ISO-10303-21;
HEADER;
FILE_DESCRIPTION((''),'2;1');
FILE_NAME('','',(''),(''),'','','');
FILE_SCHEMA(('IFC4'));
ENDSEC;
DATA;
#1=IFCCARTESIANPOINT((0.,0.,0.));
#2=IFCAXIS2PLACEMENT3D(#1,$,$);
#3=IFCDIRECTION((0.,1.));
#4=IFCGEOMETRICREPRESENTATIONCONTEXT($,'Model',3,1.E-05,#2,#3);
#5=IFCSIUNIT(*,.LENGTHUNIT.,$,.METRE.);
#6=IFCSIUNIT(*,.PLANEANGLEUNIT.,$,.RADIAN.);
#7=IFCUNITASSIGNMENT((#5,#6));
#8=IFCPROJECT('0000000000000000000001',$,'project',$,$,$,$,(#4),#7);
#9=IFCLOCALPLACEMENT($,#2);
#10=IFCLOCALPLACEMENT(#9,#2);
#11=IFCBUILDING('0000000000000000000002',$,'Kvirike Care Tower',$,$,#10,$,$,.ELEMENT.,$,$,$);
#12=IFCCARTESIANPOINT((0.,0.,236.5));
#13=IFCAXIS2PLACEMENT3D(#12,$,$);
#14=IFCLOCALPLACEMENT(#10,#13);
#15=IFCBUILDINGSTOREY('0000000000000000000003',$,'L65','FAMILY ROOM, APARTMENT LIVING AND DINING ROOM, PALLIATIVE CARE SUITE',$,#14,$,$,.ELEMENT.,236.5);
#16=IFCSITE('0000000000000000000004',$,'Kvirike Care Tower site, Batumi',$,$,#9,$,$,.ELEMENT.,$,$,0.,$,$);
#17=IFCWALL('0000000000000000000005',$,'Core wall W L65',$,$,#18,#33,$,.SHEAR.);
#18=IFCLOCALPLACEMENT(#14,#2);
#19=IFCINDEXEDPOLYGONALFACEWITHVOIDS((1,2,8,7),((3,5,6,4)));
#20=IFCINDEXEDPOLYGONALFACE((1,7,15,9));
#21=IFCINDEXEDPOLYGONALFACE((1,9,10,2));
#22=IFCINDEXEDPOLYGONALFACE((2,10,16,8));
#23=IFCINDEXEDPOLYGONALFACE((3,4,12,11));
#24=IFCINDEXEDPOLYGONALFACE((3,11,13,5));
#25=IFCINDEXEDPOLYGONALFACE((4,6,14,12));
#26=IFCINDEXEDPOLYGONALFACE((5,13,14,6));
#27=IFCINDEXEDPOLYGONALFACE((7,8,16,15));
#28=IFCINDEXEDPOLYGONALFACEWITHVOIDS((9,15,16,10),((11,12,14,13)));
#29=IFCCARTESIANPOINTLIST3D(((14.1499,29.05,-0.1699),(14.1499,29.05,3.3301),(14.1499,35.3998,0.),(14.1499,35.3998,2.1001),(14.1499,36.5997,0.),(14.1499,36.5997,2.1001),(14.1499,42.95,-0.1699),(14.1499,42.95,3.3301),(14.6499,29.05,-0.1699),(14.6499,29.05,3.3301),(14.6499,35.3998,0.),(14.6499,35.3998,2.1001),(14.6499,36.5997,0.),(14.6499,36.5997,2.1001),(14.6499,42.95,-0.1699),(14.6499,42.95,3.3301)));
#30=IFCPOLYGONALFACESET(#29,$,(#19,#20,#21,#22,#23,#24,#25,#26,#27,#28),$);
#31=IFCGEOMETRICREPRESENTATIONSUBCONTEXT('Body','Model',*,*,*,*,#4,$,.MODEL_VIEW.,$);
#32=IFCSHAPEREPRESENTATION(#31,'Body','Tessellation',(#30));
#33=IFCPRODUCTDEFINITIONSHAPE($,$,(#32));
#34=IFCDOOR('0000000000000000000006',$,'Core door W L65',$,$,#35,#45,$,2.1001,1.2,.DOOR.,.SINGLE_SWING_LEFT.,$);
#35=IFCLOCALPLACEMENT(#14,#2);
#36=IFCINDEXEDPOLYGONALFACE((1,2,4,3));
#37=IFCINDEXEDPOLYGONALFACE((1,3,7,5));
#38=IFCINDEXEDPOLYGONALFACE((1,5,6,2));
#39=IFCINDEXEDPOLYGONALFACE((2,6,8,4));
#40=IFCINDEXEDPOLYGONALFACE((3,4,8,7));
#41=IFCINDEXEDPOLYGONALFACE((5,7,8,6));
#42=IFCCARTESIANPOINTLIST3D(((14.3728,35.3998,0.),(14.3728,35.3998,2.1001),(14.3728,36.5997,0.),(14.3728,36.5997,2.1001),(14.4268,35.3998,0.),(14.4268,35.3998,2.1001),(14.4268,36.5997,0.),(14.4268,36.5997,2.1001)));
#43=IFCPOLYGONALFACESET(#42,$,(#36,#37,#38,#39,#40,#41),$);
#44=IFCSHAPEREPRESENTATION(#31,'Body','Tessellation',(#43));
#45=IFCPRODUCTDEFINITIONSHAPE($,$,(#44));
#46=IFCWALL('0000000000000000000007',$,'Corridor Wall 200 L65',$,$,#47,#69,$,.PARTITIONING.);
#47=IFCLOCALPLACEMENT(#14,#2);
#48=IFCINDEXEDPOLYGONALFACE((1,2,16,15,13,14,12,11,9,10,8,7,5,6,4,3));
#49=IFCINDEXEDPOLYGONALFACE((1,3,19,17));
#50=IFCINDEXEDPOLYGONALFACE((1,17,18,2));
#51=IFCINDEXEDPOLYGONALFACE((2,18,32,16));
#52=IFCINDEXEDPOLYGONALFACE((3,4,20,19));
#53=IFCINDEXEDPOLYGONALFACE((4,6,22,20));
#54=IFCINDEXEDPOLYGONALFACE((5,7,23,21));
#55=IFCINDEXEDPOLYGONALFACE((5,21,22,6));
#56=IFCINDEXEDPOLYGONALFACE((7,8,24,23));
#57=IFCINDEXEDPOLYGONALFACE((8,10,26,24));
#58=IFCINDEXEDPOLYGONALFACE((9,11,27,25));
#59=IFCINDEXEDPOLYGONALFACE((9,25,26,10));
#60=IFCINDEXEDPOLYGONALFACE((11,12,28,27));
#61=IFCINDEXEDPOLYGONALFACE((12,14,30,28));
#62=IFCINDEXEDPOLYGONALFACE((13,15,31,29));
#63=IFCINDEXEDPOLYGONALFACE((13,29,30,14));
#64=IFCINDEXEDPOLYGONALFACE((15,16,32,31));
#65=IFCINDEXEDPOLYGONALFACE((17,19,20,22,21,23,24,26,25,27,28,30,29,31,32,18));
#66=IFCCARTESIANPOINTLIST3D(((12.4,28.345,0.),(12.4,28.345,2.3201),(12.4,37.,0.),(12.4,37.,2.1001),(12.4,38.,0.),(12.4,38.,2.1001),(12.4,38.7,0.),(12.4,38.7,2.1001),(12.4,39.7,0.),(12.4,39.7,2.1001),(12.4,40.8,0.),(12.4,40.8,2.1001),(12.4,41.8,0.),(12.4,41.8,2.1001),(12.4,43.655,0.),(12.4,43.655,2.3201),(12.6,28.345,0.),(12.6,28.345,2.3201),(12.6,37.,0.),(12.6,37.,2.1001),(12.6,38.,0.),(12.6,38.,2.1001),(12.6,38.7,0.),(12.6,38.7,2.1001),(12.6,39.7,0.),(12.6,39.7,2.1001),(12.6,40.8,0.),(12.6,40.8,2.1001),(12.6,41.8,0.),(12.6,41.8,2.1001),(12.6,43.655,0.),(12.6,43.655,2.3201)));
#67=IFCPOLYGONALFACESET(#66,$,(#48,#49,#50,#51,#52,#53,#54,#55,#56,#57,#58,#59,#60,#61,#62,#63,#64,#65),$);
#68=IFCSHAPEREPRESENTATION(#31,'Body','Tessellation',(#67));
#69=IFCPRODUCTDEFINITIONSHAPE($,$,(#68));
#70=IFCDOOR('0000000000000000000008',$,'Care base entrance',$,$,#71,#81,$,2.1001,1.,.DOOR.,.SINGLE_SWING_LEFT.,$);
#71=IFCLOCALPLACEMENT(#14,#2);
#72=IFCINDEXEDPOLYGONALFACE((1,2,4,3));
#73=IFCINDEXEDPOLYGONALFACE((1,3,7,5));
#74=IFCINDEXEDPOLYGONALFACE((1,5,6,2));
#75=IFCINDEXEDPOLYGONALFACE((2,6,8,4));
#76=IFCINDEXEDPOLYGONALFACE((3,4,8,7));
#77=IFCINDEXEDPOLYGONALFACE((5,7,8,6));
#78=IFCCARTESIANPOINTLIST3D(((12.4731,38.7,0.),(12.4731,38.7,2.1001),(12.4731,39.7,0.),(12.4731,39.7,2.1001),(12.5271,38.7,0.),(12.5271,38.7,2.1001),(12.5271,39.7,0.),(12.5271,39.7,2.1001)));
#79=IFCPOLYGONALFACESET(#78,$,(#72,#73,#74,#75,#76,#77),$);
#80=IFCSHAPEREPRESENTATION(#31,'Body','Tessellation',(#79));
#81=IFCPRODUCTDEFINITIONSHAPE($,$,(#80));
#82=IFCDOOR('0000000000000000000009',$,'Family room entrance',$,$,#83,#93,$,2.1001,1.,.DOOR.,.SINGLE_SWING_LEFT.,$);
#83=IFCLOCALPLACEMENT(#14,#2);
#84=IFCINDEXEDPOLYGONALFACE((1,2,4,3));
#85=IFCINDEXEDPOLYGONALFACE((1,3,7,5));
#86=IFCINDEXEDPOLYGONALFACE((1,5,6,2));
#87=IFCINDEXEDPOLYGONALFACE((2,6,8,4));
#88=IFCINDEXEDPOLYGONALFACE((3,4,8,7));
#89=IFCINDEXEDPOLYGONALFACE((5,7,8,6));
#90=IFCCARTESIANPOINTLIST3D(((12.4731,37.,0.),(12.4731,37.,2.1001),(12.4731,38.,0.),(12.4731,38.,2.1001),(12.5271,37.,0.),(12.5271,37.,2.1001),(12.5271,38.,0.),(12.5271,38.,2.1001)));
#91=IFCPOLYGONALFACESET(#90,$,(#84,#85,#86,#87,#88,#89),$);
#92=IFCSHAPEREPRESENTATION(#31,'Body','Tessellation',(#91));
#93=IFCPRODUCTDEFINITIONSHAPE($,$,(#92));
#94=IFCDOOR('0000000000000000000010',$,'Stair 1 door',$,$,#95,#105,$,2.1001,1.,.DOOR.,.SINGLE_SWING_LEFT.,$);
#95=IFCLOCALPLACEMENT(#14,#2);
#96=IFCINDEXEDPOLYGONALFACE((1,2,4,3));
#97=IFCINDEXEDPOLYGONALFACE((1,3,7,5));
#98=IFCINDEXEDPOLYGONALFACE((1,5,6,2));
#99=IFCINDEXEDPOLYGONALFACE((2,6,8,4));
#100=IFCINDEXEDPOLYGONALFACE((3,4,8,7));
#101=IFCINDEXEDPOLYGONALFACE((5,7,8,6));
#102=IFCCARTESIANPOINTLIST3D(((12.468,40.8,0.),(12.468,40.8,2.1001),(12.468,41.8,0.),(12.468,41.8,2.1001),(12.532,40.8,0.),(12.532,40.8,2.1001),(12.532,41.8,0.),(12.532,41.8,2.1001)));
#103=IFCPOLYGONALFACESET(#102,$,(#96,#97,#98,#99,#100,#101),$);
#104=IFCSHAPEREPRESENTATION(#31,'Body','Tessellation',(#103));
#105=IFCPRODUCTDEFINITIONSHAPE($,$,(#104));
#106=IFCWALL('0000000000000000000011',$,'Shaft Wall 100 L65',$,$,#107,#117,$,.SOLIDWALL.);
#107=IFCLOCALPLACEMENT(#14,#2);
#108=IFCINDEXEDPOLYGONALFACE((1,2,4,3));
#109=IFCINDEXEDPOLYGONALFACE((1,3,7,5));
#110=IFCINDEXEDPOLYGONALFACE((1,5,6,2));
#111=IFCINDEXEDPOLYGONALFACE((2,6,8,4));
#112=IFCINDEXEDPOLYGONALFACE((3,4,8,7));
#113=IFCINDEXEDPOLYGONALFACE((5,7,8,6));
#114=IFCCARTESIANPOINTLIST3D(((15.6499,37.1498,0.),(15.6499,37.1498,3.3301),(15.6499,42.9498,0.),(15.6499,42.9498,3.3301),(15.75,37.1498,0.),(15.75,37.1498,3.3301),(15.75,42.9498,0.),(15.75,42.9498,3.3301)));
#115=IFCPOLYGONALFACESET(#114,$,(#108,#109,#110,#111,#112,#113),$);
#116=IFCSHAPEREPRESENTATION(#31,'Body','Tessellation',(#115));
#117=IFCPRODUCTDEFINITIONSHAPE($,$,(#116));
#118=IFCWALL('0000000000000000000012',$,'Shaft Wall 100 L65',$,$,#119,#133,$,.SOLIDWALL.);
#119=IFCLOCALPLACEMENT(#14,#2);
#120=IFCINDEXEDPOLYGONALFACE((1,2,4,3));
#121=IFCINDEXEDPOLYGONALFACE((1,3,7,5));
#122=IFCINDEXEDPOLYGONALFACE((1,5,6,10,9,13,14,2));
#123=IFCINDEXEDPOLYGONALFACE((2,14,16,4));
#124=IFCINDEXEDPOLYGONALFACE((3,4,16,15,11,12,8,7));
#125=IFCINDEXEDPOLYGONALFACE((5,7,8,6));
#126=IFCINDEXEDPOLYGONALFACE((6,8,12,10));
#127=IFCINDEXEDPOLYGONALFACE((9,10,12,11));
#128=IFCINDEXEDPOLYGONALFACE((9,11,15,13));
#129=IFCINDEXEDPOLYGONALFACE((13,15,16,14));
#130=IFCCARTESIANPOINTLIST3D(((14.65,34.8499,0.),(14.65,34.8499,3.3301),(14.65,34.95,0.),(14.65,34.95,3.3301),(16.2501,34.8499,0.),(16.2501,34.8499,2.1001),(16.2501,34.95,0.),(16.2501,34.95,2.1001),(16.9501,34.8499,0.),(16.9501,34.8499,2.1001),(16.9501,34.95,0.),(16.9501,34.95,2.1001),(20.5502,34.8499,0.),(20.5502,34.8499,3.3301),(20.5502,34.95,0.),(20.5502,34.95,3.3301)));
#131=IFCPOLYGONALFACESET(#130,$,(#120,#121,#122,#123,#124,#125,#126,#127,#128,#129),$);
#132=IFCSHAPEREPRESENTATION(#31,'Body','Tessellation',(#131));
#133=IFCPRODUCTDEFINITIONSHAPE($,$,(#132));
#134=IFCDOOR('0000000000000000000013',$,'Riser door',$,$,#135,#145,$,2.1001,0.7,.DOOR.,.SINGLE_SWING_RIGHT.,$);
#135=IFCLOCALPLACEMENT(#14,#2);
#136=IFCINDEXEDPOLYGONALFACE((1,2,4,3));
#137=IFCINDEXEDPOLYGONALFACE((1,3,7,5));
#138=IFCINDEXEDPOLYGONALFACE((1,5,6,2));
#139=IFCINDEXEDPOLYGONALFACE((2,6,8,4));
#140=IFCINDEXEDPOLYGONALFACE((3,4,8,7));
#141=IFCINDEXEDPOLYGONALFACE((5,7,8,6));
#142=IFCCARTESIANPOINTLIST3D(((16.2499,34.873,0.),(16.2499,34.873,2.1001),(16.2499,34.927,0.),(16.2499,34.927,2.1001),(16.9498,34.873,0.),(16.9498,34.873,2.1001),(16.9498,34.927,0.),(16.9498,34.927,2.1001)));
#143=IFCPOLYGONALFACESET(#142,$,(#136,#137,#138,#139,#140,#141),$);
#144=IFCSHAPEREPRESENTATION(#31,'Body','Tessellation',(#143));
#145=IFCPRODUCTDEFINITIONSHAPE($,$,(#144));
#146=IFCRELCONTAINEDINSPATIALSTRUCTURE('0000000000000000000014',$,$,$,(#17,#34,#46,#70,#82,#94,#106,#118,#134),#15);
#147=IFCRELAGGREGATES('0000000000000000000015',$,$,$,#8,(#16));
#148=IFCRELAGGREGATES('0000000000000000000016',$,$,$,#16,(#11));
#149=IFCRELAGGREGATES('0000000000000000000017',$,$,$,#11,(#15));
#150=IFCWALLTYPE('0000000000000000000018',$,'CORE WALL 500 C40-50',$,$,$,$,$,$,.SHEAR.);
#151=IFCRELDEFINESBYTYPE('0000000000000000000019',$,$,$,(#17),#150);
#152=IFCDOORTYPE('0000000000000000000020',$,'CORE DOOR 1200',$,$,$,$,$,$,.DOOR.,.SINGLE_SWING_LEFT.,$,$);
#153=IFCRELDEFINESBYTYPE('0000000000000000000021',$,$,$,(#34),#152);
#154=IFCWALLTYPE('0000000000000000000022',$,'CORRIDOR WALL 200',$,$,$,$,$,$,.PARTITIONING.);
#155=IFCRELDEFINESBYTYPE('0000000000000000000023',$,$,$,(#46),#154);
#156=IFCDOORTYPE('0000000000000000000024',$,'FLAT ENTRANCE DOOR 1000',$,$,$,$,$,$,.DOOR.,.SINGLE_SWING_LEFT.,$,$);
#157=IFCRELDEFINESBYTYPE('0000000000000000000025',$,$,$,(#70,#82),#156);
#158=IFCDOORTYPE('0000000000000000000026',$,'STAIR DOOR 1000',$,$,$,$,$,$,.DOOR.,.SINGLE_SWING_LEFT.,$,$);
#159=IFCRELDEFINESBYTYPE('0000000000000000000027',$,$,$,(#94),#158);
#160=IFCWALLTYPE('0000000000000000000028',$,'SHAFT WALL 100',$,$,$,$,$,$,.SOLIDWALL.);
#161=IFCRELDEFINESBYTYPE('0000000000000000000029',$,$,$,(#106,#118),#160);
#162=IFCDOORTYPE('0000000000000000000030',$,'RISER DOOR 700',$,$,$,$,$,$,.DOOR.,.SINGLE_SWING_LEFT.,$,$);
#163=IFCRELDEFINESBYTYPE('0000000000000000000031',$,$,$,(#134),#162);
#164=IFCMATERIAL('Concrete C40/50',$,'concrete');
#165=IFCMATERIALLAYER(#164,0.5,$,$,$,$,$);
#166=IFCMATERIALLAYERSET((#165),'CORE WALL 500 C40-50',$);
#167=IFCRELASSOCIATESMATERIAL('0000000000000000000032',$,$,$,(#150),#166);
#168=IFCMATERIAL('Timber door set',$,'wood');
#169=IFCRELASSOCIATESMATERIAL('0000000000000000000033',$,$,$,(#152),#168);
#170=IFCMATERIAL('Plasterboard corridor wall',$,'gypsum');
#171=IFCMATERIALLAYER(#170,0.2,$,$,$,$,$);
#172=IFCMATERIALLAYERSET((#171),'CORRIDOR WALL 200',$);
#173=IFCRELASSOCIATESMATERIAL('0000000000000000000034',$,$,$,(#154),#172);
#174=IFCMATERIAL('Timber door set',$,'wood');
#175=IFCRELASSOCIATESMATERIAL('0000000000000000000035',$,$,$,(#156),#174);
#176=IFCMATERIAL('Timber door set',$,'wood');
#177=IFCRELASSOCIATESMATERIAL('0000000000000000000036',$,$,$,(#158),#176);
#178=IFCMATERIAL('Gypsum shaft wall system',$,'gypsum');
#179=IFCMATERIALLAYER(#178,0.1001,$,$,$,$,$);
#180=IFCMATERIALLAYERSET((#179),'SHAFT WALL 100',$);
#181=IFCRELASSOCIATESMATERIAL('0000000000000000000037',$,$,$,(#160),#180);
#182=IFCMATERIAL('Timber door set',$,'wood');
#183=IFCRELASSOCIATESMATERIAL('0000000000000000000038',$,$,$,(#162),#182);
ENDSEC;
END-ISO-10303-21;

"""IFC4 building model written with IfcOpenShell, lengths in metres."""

from ifc_helpers import new_model, si_unit, direction, frame, frame_2d, origin, place, context, subcontext, project, spatial, rectangle, extrude, material, layer, layer_set, type_object, element, fill, save


model = new_model("IFC4")

# Units and contexts
model_context = context("Model", 3, precision=1e-05, world=origin(), true_north=direction((0.0, 1.0)))
body_context = subcontext(model_context, "Body", "Model", "MODEL_VIEW")
ifc_project = project(units=[si_unit("LENGTHUNIT", "METRE"), si_unit("PLANEANGLEUNIT", "RADIAN")], contexts=[model_context])

# Site, building, storey
site_placement = place(None, origin())
site = spatial("IfcSite", under=ifc_project, at=site_placement, Name="Kvirike Care Tower site, Batumi", CompositionType="ELEMENT", RefElevation=0.0)
building_placement = place(site_placement, origin())
building = spatial("IfcBuilding", under=site, at=building_placement, Name="Kvirike Care Tower", CompositionType="ELEMENT")
storey_placement = place(building_placement, frame((0.0, 0.0, 236.5)))
storey = spatial("IfcBuildingStorey", under=building, at=storey_placement, Name="L65", Description="FAMILY ROOM, APARTMENT LIVING AND DINING ROOM, PALLIATIVE CARE SUITE", CompositionType="ELEMENT", Elevation=236.5)

# Wall, opening, door
ifc_material_1 = material(Name="Concrete C40/50", Category="concrete")
ifc_layer_1 = layer(ifc_material_1, 0.5)
ifc_layer_set_1 = layer_set([ifc_layer_1], Name="CORE WALL 500 C40-50")
wall_type_1 = type_object("IfcWallType", Name="CORE WALL 500 C40-50", PredefinedType="SHEAR", material=ifc_layer_set_1)
wall_1_placement = place(storey_placement, frame((14.3999, 42.95, -0.1699), z_axis=(0.0, 0.0, 1.0), x_axis=(0.0, -1.0, 0.0)))
wall_1 = element("IfcWall", 1, at=wall_1_placement, inside=storey, type_object=wall_type_1, Name="Core wall W L65", PredefinedType="SHEAR", context=body_context, shape_type="SweptSolid", body=[
    extrude(rectangle(XDim=13.8999, YDim=0.5, at=frame_2d((6.95, 0.0))), origin(), (0.0, 0.0, 1.0), 3.5),
])
opening_1_placement = place(wall_1_placement, frame((6.3501, 0.0, 0.1699)))
opening_1 = element("IfcOpeningElement", 2, at=opening_1_placement, cuts=wall_1, PredefinedType="OPENING", context=body_context, shape_type="SweptSolid", body=[
    extrude(rectangle(XDim=1.2, YDim=2.1001, at=frame_2d((0.6001, 1.05))), frame((0.0, 0.2605, 0.0), z_axis=(0.0, -1.0, 0.0), x_axis=(1.0, 0.0, 0.0)), (0.0, 0.0, 1.0), 0.521),
])
ifc_material_2 = material(Name="Timber door set", Category="wood")
door_type_1 = type_object("IfcDoorType", Name="CORE DOOR 1200", OperationType="SINGLE_SWING_LEFT", PredefinedType="DOOR", material=ifc_material_2)
door_1_placement = place(opening_1_placement, origin())
door_1 = element("IfcDoor", 3, at=door_1_placement, inside=storey, type_object=door_type_1, Name="Core door W L65", OperationType="SINGLE_SWING_LEFT", OverallHeight=2.1001, OverallWidth=1.2, PredefinedType="DOOR", context=body_context, shape_type="SweptSolid", body=[
    extrude(rectangle(XDim=1.2, YDim=2.1001, at=frame_2d((0.6001, 1.05))), frame((0.0, 0.0269, 0.0), z_axis=(0.0, -1.0, 0.0), x_axis=(1.0, 0.0, 0.0)), (0.0, 0.0, 1.0), 0.054),
])
fill(opening_1, door_1)

# Wall, openings, doors
ifc_material_3 = material(Name="Plasterboard corridor wall", Category="gypsum")
ifc_layer_2 = layer(ifc_material_3, 0.2)
ifc_layer_set_2 = layer_set([ifc_layer_2], Name="CORRIDOR WALL 200")
wall_type_2 = type_object("IfcWallType", Name="CORRIDOR WALL 200", PredefinedType="PARTITIONING", material=ifc_layer_set_2)
wall_2_placement = place(storey_placement, frame((12.5, 43.655, 0.0), z_axis=(0.0, 0.0, 1.0), x_axis=(0.0, -1.0, 0.0)))
wall_2 = element("IfcWall", 4, at=wall_2_placement, inside=storey, type_object=wall_type_2, Name="Corridor Wall 200 L65", PredefinedType="PARTITIONING", context=body_context, shape_type="SweptSolid", body=[
    extrude(rectangle(XDim=15.3101, YDim=0.2, at=frame_2d((7.655, 0.0))), origin(), (0.0, 0.0, 1.0), 2.3201),
])
opening_2_placement = place(wall_2_placement, frame((1.855, 0.0, 0.0)))
opening_2 = element("IfcOpeningElement", 5, at=opening_2_placement, cuts=wall_2, PredefinedType="OPENING", context=body_context, shape_type="SweptSolid", body=[
    extrude(rectangle(XDim=1.0, YDim=2.1001, at=frame_2d((0.5, 1.05))), frame((0.0, 0.1106, 0.0), z_axis=(0.0, -1.0, 0.0), x_axis=(1.0, 0.0, 0.0)), (0.0, 0.0, 1.0), 0.2209),
])
opening_3_placement = place(wall_2_placement, frame((3.9551, 0.0, 0.0)))
opening_3 = element("IfcOpeningElement", 6, at=opening_3_placement, cuts=wall_2, PredefinedType="OPENING", context=body_context, shape_type="SweptSolid", body=[
    extrude(rectangle(XDim=1.0, YDim=2.1001, at=frame_2d((0.5, 1.05))), frame((0.0, 0.1106, 0.0), z_axis=(0.0, -1.0, 0.0), x_axis=(1.0, 0.0, 0.0)), (0.0, 0.0, 1.0), 0.2209),
])
opening_4_placement = place(wall_2_placement, frame((5.655, 0.0, 0.0)))
opening_4 = element("IfcOpeningElement", 7, at=opening_4_placement, cuts=wall_2, PredefinedType="OPENING", context=body_context, shape_type="SweptSolid", body=[
    extrude(rectangle(XDim=1.0, YDim=2.1001, at=frame_2d((0.5, 1.05))), frame((0.0, 0.1106, 0.0), z_axis=(0.0, -1.0, 0.0), x_axis=(1.0, 0.0, 0.0)), (0.0, 0.0, 1.0), 0.2209),
])
ifc_material_4 = material(Name="Timber door set", Category="wood")
door_type_2 = type_object("IfcDoorType", Name="FLAT ENTRANCE DOOR 1000", OperationType="SINGLE_SWING_LEFT", PredefinedType="DOOR", material=ifc_material_4)
door_2_placement = place(opening_3_placement, frame((1.0, 0.0, 0.0), z_axis=(0.0, 0.0, 1.0), x_axis=(-1.0, 0.0, 0.0)))
door_2 = element("IfcDoor", 8, at=door_2_placement, inside=storey, type_object=door_type_2, Name="Care base entrance", OperationType="SINGLE_SWING_LEFT", OverallHeight=2.1001, OverallWidth=1.0, PredefinedType="DOOR", context=body_context, shape_type="SweptSolid", body=[
    extrude(rectangle(XDim=1.0, YDim=2.1001, at=frame_2d((0.5, 1.05))), frame((0.0, 0.0269, 0.0), z_axis=(0.0, -1.0, 0.0), x_axis=(1.0, 0.0, 0.0)), (0.0, 0.0, 1.0), 0.054),
])
fill(opening_3, door_2)
door_3_placement = place(opening_4_placement, frame((1.0, 0.0, 0.0), z_axis=(0.0, 0.0, 1.0), x_axis=(-1.0, 0.0, 0.0)))
door_3 = element("IfcDoor", 9, at=door_3_placement, inside=storey, type_object=door_type_2, Name="Family room entrance", OperationType="SINGLE_SWING_LEFT", OverallHeight=2.1001, OverallWidth=1.0, PredefinedType="DOOR", context=body_context, shape_type="SweptSolid", body=[
    extrude(rectangle(XDim=1.0, YDim=2.1001, at=frame_2d((0.5, 1.05))), frame((0.0, 0.0269, 0.0), z_axis=(0.0, -1.0, 0.0), x_axis=(1.0, 0.0, 0.0)), (0.0, 0.0, 1.0), 0.054),
])
fill(opening_4, door_3)
ifc_material_5 = material(Name="Timber door set", Category="wood")
door_type_3 = type_object("IfcDoorType", Name="STAIR DOOR 1000", OperationType="SINGLE_SWING_LEFT", PredefinedType="DOOR", material=ifc_material_5)
door_4_placement = place(opening_2_placement, frame((1.0, 0.0, 0.0), z_axis=(0.0, 0.0, 1.0), x_axis=(-1.0, 0.0, 0.0)))
door_4 = element("IfcDoor", 10, at=door_4_placement, inside=storey, type_object=door_type_3, Name="Stair 1 door", OperationType="SINGLE_SWING_LEFT", OverallHeight=2.1001, OverallWidth=1.0, PredefinedType="DOOR", context=body_context, shape_type="SweptSolid", body=[
    extrude(rectangle(XDim=1.0, YDim=2.1001, at=frame_2d((0.5, 1.05))), frame((0.0, 0.032, 0.0), z_axis=(0.0, -1.0, 0.0), x_axis=(1.0, 0.0, 0.0)), (0.0, 0.0, 1.0), 0.064),
])
fill(opening_2, door_4)

# Wall
ifc_material_6 = material(Name="Gypsum shaft wall system", Category="gypsum")
ifc_layer_3 = layer(ifc_material_6, 0.1001)
ifc_layer_set_3 = layer_set([ifc_layer_3], Name="SHAFT WALL 100")
wall_type_3 = type_object("IfcWallType", Name="SHAFT WALL 100", PredefinedType="SOLIDWALL", material=ifc_layer_set_3)
wall_3_placement = place(storey_placement, frame((15.7, 37.1499, 0.0), z_axis=(0.0, 0.0, 1.0), x_axis=(0.0, 1.0, 0.0)))
element("IfcWall", 11, at=wall_3_placement, inside=storey, type_object=wall_type_3, Name="Shaft Wall 100 L65", PredefinedType="SOLIDWALL", context=body_context, shape_type="SweptSolid", body=[
    extrude(rectangle(XDim=5.8, YDim=0.1001, at=frame_2d((2.8999, 0.0))), origin(), (0.0, 0.0, 1.0), 3.3301),
])

# Wall, opening, door
wall_4_placement = place(storey_placement, frame((14.6499, 34.8999, 0.0), z_axis=(0.0, 0.0, 1.0), x_axis=(1.0, 0.0, 0.0)))
wall_4 = element("IfcWall", 12, at=wall_4_placement, inside=storey, type_object=wall_type_3, Name="Shaft Wall 100 L65", PredefinedType="SOLIDWALL", context=body_context, shape_type="SweptSolid", body=[
    extrude(rectangle(XDim=5.9001, YDim=0.1001, at=frame_2d((2.9502, 0.0))), origin(), (0.0, 0.0, 1.0), 3.3301),
])
opening_5_placement = place(wall_4_placement, frame((1.6001, 0.0, 0.0)))
opening_5 = element("IfcOpeningElement", 13, at=opening_5_placement, cuts=wall_4, PredefinedType="OPENING", context=body_context, shape_type="SweptSolid", body=[
    extrude(rectangle(XDim=0.7, YDim=2.1001, at=frame_2d((0.3501, 1.05))), frame((0.0, 0.0605, 0.0), z_axis=(0.0, -1.0, 0.0), x_axis=(1.0, 0.0, 0.0)), (0.0, 0.0, 1.0), 0.1211),
])
ifc_material_7 = material(Name="Timber door set", Category="wood")
door_type_4 = type_object("IfcDoorType", Name="RISER DOOR 700", OperationType="SINGLE_SWING_LEFT", PredefinedType="DOOR", material=ifc_material_7)
door_5_placement = place(opening_5_placement, frame((0.7, 0.0, 0.0), z_axis=(0.0, 0.0, 1.0), x_axis=(-1.0, 0.0, 0.0)))
door_5 = element("IfcDoor", 14, at=door_5_placement, inside=storey, type_object=door_type_4, Name="Riser door", OperationType="SINGLE_SWING_RIGHT", OverallHeight=2.1001, OverallWidth=0.7, PredefinedType="DOOR", context=body_context, shape_type="SweptSolid", body=[
    extrude(rectangle(XDim=0.7, YDim=2.1001, at=frame_2d((0.3501, 1.05))), frame((0.0, 0.0269, 0.0), z_axis=(0.0, -1.0, 0.0), x_axis=(1.0, 0.0, 0.0)), (0.0, 0.0, 1.0), 0.054),
])
fill(opening_5, door_5)

save(model, "model.ifc")
